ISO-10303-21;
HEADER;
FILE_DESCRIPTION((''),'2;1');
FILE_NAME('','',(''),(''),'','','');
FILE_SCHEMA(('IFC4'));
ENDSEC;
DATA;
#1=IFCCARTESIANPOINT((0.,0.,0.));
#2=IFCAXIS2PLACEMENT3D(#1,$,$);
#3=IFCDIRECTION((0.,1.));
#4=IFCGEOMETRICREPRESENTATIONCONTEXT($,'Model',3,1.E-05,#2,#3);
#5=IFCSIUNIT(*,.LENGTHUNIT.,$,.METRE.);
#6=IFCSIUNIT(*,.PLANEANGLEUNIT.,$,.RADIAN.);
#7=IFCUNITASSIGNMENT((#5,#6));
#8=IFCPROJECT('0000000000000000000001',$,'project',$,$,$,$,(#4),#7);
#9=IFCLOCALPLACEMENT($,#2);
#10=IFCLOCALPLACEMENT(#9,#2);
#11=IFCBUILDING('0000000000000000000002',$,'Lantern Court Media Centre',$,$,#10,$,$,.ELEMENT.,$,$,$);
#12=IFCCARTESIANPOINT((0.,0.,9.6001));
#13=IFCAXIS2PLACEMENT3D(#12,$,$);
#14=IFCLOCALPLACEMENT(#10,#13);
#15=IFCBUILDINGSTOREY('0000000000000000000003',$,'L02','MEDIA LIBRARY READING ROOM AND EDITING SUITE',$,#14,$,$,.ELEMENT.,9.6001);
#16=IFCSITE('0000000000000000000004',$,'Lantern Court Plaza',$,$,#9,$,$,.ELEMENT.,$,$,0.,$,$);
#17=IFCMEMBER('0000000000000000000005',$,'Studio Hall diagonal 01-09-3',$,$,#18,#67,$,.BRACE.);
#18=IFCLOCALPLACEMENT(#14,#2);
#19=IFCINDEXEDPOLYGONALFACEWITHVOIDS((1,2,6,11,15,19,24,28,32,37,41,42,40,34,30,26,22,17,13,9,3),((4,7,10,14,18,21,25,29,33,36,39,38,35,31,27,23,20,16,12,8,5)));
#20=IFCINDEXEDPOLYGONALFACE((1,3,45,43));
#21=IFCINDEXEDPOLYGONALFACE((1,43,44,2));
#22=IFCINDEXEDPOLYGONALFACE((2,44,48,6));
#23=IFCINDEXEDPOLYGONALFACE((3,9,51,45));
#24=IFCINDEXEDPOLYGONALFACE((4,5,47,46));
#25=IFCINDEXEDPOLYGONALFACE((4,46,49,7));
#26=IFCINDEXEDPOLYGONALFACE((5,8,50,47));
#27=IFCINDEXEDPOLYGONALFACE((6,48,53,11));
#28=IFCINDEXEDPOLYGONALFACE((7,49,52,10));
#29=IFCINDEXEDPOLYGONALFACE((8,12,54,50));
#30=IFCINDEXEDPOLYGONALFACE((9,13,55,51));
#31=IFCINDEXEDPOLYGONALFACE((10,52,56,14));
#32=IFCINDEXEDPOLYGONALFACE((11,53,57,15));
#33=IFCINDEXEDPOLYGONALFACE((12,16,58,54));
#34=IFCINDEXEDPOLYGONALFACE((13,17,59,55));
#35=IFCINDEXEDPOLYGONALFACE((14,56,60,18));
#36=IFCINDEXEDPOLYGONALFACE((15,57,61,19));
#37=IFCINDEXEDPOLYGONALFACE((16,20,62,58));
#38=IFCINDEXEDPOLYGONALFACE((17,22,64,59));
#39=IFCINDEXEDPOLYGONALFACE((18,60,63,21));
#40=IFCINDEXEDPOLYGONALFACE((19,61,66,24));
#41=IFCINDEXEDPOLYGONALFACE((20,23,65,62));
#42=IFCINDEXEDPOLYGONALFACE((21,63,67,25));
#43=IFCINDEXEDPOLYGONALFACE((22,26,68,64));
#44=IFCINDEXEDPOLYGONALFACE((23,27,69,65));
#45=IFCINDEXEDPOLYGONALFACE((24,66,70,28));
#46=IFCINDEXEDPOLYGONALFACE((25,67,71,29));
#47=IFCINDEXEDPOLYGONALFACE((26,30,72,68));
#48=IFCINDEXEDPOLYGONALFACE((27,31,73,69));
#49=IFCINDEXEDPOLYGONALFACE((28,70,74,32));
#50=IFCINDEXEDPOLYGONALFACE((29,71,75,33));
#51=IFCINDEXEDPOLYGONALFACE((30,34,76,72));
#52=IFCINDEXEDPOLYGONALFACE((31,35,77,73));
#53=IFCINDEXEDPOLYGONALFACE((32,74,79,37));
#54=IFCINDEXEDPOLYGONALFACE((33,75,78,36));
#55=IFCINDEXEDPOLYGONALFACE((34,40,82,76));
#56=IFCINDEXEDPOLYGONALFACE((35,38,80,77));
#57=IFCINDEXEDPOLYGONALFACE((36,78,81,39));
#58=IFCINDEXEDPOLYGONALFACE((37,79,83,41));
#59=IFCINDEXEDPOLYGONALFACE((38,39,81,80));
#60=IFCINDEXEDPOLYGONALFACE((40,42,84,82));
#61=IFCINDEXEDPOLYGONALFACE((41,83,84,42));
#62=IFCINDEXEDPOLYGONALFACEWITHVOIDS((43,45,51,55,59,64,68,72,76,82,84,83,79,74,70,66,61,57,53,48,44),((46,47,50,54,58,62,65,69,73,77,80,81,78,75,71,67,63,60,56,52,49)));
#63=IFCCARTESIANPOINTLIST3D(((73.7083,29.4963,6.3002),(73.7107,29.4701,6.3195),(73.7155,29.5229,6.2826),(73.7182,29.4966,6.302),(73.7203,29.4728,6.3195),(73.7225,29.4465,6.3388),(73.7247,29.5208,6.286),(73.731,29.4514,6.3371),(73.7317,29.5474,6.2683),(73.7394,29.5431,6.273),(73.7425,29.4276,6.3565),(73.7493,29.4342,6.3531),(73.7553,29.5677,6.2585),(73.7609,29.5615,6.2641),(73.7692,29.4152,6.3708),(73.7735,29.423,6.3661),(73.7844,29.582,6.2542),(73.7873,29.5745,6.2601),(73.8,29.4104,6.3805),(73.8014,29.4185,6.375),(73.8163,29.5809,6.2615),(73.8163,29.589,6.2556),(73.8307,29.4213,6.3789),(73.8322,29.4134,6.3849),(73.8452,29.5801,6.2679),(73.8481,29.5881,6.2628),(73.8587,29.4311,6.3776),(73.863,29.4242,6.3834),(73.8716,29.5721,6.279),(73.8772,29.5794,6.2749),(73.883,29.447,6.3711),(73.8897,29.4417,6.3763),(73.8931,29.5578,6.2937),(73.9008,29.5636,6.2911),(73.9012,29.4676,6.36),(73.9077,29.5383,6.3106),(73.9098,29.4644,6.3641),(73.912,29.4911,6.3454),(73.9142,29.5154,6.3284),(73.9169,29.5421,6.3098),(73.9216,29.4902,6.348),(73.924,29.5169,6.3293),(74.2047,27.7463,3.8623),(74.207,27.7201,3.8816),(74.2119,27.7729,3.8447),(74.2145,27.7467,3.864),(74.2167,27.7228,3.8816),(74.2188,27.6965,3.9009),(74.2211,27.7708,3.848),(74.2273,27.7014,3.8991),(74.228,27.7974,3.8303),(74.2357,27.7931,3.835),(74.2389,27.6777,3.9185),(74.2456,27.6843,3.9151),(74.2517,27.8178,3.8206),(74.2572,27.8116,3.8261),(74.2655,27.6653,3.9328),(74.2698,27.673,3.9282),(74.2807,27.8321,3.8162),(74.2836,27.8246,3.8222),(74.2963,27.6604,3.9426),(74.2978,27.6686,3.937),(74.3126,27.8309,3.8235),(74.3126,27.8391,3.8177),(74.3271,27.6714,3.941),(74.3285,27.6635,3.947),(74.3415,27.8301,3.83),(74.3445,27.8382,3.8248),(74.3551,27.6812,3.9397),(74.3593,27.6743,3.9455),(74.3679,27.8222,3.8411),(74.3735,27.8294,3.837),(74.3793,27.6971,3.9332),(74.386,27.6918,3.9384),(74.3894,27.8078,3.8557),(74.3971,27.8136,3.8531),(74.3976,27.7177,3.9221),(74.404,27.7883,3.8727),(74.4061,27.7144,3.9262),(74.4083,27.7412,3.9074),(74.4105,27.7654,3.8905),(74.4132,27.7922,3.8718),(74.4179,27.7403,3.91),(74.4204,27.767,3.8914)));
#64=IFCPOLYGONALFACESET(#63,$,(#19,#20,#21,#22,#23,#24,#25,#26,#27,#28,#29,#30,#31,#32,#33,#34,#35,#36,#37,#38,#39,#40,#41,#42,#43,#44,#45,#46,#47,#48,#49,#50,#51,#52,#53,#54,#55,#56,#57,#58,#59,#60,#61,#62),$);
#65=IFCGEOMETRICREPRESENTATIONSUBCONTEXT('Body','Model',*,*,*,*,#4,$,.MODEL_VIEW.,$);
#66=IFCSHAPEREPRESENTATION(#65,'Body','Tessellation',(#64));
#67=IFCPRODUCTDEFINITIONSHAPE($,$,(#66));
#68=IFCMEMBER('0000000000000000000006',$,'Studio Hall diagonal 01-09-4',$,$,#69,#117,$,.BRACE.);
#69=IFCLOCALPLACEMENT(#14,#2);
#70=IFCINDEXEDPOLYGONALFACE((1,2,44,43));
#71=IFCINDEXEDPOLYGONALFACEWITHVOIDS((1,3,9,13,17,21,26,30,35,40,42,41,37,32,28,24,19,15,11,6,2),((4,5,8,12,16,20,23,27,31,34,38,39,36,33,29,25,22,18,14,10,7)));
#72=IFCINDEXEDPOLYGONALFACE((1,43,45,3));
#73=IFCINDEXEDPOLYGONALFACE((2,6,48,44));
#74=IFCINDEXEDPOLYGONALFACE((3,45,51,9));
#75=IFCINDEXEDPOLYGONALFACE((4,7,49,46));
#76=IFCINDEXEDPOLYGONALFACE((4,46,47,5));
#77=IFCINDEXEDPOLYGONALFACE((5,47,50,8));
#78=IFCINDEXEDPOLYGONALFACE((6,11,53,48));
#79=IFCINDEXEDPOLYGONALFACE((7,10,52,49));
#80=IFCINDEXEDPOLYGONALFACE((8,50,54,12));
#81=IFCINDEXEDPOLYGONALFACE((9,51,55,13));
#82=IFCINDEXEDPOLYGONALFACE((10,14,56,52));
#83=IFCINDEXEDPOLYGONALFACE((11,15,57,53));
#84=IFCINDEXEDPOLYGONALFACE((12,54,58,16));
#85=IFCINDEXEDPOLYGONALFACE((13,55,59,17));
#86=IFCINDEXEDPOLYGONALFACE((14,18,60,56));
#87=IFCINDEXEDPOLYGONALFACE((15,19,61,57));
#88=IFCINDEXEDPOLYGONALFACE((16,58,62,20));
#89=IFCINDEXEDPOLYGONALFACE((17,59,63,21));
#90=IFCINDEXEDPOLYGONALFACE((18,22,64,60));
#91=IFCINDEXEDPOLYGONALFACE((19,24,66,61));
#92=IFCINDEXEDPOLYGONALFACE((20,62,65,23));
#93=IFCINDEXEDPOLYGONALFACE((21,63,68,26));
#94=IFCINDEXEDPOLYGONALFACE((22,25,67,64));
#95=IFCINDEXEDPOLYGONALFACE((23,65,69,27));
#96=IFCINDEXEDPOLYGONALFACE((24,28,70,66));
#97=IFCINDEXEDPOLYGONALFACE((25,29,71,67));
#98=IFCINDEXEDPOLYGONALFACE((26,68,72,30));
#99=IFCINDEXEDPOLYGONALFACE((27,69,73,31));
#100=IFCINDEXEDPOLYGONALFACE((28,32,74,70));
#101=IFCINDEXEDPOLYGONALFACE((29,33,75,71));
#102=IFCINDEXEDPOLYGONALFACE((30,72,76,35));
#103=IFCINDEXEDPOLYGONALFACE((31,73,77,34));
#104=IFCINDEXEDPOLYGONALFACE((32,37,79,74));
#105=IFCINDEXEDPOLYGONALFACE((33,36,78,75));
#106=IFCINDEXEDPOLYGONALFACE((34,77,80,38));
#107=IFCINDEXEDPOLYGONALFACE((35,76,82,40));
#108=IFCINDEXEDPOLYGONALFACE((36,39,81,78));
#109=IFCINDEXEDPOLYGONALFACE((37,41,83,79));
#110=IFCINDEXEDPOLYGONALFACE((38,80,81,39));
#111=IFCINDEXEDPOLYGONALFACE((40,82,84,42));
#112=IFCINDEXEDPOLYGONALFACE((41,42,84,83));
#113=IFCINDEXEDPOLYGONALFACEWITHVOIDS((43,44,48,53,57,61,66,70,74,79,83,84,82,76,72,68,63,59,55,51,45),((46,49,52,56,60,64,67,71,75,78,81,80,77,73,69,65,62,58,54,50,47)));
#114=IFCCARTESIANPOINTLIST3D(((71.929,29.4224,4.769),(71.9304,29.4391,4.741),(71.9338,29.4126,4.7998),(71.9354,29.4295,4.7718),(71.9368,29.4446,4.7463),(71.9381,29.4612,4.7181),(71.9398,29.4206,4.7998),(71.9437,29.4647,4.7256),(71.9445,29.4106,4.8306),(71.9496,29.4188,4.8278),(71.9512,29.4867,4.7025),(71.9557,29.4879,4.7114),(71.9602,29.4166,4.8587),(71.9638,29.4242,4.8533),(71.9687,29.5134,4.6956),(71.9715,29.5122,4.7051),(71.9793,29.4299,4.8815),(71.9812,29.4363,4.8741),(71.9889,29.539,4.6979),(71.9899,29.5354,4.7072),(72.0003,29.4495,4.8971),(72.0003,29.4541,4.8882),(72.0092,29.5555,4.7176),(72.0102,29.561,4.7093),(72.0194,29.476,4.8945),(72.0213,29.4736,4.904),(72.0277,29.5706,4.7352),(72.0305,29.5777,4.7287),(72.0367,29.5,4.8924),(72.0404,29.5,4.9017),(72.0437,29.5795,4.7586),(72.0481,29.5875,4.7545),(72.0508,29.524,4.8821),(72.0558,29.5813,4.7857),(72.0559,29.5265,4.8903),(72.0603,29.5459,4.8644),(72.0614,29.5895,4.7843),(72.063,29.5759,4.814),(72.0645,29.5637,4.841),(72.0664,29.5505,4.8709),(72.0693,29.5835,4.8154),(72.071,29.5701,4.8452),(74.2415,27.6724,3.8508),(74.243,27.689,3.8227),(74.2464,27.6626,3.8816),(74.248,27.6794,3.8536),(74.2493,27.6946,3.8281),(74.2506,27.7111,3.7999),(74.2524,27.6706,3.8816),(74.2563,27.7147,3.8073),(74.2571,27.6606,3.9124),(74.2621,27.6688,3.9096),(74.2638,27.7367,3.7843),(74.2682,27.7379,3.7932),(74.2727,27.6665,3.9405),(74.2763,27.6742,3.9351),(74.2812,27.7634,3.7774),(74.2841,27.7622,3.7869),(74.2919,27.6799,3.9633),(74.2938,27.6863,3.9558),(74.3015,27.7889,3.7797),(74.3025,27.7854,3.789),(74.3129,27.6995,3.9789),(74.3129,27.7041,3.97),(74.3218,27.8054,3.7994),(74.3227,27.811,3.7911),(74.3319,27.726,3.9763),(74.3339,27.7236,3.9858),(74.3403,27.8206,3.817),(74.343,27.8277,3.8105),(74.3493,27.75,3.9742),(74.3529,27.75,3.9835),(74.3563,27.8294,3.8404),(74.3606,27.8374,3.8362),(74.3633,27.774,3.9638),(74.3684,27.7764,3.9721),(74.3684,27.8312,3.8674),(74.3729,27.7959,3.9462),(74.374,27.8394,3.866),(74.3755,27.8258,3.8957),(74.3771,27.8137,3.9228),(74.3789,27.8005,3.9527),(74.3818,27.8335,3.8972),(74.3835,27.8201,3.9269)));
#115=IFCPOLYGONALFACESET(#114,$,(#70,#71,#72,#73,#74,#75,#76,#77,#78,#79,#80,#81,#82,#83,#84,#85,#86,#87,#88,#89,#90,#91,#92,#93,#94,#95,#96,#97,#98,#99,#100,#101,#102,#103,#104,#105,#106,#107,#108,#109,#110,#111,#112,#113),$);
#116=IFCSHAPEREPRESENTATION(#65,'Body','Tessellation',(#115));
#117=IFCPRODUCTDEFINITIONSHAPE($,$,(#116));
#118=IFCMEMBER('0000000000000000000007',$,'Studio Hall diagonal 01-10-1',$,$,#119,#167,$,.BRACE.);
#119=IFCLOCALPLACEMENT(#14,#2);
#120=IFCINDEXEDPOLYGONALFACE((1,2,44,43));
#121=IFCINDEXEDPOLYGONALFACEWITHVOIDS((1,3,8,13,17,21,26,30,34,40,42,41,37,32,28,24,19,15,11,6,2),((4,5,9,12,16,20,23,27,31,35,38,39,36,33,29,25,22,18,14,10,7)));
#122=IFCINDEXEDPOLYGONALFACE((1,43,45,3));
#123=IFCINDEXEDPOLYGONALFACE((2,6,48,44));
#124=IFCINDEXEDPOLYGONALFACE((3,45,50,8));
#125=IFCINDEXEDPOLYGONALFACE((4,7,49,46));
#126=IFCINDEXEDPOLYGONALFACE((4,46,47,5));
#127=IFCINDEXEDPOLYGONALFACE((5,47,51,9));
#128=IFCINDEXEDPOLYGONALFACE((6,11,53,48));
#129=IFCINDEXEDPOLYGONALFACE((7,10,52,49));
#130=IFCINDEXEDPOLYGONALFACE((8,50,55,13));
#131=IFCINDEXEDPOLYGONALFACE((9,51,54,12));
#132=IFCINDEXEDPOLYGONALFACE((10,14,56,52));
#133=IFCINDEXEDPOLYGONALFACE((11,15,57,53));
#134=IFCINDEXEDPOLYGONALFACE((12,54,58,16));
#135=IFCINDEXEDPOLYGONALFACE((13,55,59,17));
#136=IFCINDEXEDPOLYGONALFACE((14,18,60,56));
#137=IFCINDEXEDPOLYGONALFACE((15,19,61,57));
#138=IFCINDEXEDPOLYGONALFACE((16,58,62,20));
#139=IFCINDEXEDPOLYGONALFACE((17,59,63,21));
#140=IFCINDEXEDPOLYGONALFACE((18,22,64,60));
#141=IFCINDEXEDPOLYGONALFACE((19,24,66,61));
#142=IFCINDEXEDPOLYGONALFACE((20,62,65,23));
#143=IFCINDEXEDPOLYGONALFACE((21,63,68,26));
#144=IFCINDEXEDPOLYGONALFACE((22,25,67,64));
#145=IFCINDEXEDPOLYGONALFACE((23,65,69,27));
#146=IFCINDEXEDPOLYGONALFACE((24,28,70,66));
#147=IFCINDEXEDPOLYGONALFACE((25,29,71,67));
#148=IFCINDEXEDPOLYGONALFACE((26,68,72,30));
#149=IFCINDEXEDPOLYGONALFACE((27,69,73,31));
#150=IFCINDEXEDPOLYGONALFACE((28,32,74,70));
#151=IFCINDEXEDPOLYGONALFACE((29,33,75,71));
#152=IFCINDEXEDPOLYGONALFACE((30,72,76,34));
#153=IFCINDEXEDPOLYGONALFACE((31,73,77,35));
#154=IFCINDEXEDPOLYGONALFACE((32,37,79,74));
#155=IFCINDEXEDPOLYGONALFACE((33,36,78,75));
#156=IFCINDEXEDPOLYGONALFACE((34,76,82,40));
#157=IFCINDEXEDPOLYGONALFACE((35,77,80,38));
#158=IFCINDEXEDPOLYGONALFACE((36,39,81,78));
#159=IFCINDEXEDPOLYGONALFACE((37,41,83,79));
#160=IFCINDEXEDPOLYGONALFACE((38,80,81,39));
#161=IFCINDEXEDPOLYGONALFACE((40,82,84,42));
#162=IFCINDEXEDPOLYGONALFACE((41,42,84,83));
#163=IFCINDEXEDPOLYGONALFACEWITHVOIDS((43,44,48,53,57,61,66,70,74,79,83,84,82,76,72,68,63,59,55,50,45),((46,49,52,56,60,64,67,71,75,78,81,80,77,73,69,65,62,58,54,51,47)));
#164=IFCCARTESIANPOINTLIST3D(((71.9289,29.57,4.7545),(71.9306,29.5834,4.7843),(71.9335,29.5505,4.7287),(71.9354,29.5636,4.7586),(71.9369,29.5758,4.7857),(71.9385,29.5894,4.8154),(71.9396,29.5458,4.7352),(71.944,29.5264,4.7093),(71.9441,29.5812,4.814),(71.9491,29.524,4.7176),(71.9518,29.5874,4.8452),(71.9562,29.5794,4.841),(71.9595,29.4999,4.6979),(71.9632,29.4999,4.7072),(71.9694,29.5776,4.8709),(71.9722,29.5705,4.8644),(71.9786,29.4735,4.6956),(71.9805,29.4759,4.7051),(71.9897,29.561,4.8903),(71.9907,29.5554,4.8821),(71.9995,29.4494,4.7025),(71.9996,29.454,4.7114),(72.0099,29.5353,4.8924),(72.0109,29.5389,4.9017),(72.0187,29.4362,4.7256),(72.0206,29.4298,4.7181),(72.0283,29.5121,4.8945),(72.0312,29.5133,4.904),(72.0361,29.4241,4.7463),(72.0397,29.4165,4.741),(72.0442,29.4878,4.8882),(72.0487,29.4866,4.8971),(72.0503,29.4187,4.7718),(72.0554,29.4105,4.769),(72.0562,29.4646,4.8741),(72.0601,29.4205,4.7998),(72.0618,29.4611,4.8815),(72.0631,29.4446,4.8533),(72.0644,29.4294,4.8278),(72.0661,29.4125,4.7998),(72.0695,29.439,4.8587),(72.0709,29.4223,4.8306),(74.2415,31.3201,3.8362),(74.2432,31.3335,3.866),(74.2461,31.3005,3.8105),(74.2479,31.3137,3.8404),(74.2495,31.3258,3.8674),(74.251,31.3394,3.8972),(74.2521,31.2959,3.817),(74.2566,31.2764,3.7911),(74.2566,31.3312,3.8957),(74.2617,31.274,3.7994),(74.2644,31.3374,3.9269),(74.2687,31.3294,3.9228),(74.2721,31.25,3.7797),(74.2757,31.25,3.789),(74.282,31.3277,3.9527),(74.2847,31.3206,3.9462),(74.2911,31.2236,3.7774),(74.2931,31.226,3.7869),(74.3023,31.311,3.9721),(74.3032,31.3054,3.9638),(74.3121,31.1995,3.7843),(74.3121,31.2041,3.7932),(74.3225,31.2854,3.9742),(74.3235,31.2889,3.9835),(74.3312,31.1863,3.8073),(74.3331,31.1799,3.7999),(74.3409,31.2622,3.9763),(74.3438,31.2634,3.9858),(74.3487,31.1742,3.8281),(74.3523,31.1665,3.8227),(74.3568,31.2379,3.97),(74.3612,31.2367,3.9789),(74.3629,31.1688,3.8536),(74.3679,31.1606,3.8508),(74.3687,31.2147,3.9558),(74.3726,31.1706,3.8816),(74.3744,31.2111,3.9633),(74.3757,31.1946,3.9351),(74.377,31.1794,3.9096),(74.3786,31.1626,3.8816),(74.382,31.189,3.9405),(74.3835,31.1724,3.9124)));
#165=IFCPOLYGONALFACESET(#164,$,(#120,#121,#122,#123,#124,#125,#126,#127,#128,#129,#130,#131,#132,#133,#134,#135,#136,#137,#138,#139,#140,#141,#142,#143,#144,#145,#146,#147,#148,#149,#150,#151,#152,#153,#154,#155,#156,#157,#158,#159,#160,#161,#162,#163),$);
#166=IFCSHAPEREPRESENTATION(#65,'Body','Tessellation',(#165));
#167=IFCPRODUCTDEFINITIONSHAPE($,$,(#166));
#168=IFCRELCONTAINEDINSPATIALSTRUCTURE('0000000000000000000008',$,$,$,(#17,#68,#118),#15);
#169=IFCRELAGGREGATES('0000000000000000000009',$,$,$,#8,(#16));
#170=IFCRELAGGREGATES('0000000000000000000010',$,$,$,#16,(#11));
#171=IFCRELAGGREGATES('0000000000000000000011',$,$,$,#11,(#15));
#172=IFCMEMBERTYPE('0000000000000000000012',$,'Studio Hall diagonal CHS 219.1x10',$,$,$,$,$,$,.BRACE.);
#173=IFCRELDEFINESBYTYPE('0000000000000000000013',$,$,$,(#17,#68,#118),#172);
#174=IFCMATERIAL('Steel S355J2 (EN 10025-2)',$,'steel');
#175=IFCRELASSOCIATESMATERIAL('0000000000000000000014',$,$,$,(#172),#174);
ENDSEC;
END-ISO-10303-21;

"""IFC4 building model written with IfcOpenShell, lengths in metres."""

from ifc_helpers import new_model, si_unit, direction, frame, origin, origin_2d, place, context, subcontext, project, spatial, hollow_circle, extrude, material, material_profile, profile_set, type_object, element, save


model = new_model("IFC4")

# Units and contexts
model_context = context("Model", 3, precision=1e-05, world=origin(), true_north=direction((0.0, 1.0)))
body_context = subcontext(model_context, "Body", "Model", "MODEL_VIEW")
ifc_project = project(units=[si_unit("LENGTHUNIT", "METRE"), si_unit("PLANEANGLEUNIT", "RADIAN")], contexts=[model_context])

# Site, building, storey
site_placement = place(None, origin())
site = spatial("IfcSite", under=ifc_project, at=site_placement, Name="Lantern Court Plaza", CompositionType="ELEMENT", RefElevation=0.0)
building_placement = place(site_placement, origin())
building = spatial("IfcBuilding", under=site, at=building_placement, Name="Lantern Court Media Centre", CompositionType="ELEMENT")
storey_placement = place(building_placement, frame((0.0, 0.0, 9.6001)))
storey = spatial("IfcBuildingStorey", under=building, at=storey_placement, Name="L02", Description="MEDIA LIBRARY READING ROOM AND EDITING SUITE", CompositionType="ELEMENT", Elevation=9.6001)

# Members
ifc_material_1 = material(Name="Steel S355J2 (EN 10025-2)", Category="steel")
ifc_material_profile_1 = material_profile(ifc_material_1, hollow_circle(Radius=0.1096, WallThickness=0.01, at=origin_2d()), Name="Studio Hall diagonal CHS 219.1x10")
ifc_profile_set_1 = profile_set([ifc_material_profile_1], Name="Steel S355J2 (EN 10025-2)")
member_type_1 = type_object("IfcMemberType", Name="Studio Hall diagonal CHS 219.1x10", PredefinedType="BRACE", material=ifc_profile_set_1)
for number, where, z_axis, x_axis, name in (
    (1, (74.3125, 27.75, 3.8816), (-0.163172, 0.575314, 0.801491), (-0.962054, -0.272859, 0.0), "Studio Hall diagonal 01-09-3"),
):
    element("IfcMember", number, at=place(storey_placement, frame(where, z_axis=z_axis, x_axis=x_axis)), inside=storey, type_object=member_type_1, Name=name, PredefinedType="BRACE", context=body_context, shape_type="SweptSolid", body=[
        extrude(hollow_circle(Radius=0.1096, WallThickness=0.01, at=origin_2d()), origin(), (0.0, 0.0, 1.0), 3.0417),
    ])
for number, where, z_axis, x_axis, name in (
    (2, (74.3125, 27.75, 3.8816), (-0.760211, 0.575295, 0.301853), (-0.603443, -0.797406, 0.0), "Studio Hall diagonal 01-09-4"),
    (3, (74.3125, 31.25, 3.8816), (-0.760211, -0.575295, 0.301853), (0.603443, -0.797406, 0.0), "Studio Hall diagonal 01-10-1"),
):
    element("IfcMember", number, at=place(storey_placement, frame(where, z_axis=z_axis, x_axis=x_axis)), inside=storey, type_object=member_type_1, Name=name, PredefinedType="BRACE", context=body_context, shape_type="SweptSolid", body=[
        extrude(hollow_circle(Radius=0.1096, WallThickness=0.01, at=origin_2d()), origin(), (0.0, 0.0, 1.0), 3.042),
    ])

save(model, "model.ifc")
